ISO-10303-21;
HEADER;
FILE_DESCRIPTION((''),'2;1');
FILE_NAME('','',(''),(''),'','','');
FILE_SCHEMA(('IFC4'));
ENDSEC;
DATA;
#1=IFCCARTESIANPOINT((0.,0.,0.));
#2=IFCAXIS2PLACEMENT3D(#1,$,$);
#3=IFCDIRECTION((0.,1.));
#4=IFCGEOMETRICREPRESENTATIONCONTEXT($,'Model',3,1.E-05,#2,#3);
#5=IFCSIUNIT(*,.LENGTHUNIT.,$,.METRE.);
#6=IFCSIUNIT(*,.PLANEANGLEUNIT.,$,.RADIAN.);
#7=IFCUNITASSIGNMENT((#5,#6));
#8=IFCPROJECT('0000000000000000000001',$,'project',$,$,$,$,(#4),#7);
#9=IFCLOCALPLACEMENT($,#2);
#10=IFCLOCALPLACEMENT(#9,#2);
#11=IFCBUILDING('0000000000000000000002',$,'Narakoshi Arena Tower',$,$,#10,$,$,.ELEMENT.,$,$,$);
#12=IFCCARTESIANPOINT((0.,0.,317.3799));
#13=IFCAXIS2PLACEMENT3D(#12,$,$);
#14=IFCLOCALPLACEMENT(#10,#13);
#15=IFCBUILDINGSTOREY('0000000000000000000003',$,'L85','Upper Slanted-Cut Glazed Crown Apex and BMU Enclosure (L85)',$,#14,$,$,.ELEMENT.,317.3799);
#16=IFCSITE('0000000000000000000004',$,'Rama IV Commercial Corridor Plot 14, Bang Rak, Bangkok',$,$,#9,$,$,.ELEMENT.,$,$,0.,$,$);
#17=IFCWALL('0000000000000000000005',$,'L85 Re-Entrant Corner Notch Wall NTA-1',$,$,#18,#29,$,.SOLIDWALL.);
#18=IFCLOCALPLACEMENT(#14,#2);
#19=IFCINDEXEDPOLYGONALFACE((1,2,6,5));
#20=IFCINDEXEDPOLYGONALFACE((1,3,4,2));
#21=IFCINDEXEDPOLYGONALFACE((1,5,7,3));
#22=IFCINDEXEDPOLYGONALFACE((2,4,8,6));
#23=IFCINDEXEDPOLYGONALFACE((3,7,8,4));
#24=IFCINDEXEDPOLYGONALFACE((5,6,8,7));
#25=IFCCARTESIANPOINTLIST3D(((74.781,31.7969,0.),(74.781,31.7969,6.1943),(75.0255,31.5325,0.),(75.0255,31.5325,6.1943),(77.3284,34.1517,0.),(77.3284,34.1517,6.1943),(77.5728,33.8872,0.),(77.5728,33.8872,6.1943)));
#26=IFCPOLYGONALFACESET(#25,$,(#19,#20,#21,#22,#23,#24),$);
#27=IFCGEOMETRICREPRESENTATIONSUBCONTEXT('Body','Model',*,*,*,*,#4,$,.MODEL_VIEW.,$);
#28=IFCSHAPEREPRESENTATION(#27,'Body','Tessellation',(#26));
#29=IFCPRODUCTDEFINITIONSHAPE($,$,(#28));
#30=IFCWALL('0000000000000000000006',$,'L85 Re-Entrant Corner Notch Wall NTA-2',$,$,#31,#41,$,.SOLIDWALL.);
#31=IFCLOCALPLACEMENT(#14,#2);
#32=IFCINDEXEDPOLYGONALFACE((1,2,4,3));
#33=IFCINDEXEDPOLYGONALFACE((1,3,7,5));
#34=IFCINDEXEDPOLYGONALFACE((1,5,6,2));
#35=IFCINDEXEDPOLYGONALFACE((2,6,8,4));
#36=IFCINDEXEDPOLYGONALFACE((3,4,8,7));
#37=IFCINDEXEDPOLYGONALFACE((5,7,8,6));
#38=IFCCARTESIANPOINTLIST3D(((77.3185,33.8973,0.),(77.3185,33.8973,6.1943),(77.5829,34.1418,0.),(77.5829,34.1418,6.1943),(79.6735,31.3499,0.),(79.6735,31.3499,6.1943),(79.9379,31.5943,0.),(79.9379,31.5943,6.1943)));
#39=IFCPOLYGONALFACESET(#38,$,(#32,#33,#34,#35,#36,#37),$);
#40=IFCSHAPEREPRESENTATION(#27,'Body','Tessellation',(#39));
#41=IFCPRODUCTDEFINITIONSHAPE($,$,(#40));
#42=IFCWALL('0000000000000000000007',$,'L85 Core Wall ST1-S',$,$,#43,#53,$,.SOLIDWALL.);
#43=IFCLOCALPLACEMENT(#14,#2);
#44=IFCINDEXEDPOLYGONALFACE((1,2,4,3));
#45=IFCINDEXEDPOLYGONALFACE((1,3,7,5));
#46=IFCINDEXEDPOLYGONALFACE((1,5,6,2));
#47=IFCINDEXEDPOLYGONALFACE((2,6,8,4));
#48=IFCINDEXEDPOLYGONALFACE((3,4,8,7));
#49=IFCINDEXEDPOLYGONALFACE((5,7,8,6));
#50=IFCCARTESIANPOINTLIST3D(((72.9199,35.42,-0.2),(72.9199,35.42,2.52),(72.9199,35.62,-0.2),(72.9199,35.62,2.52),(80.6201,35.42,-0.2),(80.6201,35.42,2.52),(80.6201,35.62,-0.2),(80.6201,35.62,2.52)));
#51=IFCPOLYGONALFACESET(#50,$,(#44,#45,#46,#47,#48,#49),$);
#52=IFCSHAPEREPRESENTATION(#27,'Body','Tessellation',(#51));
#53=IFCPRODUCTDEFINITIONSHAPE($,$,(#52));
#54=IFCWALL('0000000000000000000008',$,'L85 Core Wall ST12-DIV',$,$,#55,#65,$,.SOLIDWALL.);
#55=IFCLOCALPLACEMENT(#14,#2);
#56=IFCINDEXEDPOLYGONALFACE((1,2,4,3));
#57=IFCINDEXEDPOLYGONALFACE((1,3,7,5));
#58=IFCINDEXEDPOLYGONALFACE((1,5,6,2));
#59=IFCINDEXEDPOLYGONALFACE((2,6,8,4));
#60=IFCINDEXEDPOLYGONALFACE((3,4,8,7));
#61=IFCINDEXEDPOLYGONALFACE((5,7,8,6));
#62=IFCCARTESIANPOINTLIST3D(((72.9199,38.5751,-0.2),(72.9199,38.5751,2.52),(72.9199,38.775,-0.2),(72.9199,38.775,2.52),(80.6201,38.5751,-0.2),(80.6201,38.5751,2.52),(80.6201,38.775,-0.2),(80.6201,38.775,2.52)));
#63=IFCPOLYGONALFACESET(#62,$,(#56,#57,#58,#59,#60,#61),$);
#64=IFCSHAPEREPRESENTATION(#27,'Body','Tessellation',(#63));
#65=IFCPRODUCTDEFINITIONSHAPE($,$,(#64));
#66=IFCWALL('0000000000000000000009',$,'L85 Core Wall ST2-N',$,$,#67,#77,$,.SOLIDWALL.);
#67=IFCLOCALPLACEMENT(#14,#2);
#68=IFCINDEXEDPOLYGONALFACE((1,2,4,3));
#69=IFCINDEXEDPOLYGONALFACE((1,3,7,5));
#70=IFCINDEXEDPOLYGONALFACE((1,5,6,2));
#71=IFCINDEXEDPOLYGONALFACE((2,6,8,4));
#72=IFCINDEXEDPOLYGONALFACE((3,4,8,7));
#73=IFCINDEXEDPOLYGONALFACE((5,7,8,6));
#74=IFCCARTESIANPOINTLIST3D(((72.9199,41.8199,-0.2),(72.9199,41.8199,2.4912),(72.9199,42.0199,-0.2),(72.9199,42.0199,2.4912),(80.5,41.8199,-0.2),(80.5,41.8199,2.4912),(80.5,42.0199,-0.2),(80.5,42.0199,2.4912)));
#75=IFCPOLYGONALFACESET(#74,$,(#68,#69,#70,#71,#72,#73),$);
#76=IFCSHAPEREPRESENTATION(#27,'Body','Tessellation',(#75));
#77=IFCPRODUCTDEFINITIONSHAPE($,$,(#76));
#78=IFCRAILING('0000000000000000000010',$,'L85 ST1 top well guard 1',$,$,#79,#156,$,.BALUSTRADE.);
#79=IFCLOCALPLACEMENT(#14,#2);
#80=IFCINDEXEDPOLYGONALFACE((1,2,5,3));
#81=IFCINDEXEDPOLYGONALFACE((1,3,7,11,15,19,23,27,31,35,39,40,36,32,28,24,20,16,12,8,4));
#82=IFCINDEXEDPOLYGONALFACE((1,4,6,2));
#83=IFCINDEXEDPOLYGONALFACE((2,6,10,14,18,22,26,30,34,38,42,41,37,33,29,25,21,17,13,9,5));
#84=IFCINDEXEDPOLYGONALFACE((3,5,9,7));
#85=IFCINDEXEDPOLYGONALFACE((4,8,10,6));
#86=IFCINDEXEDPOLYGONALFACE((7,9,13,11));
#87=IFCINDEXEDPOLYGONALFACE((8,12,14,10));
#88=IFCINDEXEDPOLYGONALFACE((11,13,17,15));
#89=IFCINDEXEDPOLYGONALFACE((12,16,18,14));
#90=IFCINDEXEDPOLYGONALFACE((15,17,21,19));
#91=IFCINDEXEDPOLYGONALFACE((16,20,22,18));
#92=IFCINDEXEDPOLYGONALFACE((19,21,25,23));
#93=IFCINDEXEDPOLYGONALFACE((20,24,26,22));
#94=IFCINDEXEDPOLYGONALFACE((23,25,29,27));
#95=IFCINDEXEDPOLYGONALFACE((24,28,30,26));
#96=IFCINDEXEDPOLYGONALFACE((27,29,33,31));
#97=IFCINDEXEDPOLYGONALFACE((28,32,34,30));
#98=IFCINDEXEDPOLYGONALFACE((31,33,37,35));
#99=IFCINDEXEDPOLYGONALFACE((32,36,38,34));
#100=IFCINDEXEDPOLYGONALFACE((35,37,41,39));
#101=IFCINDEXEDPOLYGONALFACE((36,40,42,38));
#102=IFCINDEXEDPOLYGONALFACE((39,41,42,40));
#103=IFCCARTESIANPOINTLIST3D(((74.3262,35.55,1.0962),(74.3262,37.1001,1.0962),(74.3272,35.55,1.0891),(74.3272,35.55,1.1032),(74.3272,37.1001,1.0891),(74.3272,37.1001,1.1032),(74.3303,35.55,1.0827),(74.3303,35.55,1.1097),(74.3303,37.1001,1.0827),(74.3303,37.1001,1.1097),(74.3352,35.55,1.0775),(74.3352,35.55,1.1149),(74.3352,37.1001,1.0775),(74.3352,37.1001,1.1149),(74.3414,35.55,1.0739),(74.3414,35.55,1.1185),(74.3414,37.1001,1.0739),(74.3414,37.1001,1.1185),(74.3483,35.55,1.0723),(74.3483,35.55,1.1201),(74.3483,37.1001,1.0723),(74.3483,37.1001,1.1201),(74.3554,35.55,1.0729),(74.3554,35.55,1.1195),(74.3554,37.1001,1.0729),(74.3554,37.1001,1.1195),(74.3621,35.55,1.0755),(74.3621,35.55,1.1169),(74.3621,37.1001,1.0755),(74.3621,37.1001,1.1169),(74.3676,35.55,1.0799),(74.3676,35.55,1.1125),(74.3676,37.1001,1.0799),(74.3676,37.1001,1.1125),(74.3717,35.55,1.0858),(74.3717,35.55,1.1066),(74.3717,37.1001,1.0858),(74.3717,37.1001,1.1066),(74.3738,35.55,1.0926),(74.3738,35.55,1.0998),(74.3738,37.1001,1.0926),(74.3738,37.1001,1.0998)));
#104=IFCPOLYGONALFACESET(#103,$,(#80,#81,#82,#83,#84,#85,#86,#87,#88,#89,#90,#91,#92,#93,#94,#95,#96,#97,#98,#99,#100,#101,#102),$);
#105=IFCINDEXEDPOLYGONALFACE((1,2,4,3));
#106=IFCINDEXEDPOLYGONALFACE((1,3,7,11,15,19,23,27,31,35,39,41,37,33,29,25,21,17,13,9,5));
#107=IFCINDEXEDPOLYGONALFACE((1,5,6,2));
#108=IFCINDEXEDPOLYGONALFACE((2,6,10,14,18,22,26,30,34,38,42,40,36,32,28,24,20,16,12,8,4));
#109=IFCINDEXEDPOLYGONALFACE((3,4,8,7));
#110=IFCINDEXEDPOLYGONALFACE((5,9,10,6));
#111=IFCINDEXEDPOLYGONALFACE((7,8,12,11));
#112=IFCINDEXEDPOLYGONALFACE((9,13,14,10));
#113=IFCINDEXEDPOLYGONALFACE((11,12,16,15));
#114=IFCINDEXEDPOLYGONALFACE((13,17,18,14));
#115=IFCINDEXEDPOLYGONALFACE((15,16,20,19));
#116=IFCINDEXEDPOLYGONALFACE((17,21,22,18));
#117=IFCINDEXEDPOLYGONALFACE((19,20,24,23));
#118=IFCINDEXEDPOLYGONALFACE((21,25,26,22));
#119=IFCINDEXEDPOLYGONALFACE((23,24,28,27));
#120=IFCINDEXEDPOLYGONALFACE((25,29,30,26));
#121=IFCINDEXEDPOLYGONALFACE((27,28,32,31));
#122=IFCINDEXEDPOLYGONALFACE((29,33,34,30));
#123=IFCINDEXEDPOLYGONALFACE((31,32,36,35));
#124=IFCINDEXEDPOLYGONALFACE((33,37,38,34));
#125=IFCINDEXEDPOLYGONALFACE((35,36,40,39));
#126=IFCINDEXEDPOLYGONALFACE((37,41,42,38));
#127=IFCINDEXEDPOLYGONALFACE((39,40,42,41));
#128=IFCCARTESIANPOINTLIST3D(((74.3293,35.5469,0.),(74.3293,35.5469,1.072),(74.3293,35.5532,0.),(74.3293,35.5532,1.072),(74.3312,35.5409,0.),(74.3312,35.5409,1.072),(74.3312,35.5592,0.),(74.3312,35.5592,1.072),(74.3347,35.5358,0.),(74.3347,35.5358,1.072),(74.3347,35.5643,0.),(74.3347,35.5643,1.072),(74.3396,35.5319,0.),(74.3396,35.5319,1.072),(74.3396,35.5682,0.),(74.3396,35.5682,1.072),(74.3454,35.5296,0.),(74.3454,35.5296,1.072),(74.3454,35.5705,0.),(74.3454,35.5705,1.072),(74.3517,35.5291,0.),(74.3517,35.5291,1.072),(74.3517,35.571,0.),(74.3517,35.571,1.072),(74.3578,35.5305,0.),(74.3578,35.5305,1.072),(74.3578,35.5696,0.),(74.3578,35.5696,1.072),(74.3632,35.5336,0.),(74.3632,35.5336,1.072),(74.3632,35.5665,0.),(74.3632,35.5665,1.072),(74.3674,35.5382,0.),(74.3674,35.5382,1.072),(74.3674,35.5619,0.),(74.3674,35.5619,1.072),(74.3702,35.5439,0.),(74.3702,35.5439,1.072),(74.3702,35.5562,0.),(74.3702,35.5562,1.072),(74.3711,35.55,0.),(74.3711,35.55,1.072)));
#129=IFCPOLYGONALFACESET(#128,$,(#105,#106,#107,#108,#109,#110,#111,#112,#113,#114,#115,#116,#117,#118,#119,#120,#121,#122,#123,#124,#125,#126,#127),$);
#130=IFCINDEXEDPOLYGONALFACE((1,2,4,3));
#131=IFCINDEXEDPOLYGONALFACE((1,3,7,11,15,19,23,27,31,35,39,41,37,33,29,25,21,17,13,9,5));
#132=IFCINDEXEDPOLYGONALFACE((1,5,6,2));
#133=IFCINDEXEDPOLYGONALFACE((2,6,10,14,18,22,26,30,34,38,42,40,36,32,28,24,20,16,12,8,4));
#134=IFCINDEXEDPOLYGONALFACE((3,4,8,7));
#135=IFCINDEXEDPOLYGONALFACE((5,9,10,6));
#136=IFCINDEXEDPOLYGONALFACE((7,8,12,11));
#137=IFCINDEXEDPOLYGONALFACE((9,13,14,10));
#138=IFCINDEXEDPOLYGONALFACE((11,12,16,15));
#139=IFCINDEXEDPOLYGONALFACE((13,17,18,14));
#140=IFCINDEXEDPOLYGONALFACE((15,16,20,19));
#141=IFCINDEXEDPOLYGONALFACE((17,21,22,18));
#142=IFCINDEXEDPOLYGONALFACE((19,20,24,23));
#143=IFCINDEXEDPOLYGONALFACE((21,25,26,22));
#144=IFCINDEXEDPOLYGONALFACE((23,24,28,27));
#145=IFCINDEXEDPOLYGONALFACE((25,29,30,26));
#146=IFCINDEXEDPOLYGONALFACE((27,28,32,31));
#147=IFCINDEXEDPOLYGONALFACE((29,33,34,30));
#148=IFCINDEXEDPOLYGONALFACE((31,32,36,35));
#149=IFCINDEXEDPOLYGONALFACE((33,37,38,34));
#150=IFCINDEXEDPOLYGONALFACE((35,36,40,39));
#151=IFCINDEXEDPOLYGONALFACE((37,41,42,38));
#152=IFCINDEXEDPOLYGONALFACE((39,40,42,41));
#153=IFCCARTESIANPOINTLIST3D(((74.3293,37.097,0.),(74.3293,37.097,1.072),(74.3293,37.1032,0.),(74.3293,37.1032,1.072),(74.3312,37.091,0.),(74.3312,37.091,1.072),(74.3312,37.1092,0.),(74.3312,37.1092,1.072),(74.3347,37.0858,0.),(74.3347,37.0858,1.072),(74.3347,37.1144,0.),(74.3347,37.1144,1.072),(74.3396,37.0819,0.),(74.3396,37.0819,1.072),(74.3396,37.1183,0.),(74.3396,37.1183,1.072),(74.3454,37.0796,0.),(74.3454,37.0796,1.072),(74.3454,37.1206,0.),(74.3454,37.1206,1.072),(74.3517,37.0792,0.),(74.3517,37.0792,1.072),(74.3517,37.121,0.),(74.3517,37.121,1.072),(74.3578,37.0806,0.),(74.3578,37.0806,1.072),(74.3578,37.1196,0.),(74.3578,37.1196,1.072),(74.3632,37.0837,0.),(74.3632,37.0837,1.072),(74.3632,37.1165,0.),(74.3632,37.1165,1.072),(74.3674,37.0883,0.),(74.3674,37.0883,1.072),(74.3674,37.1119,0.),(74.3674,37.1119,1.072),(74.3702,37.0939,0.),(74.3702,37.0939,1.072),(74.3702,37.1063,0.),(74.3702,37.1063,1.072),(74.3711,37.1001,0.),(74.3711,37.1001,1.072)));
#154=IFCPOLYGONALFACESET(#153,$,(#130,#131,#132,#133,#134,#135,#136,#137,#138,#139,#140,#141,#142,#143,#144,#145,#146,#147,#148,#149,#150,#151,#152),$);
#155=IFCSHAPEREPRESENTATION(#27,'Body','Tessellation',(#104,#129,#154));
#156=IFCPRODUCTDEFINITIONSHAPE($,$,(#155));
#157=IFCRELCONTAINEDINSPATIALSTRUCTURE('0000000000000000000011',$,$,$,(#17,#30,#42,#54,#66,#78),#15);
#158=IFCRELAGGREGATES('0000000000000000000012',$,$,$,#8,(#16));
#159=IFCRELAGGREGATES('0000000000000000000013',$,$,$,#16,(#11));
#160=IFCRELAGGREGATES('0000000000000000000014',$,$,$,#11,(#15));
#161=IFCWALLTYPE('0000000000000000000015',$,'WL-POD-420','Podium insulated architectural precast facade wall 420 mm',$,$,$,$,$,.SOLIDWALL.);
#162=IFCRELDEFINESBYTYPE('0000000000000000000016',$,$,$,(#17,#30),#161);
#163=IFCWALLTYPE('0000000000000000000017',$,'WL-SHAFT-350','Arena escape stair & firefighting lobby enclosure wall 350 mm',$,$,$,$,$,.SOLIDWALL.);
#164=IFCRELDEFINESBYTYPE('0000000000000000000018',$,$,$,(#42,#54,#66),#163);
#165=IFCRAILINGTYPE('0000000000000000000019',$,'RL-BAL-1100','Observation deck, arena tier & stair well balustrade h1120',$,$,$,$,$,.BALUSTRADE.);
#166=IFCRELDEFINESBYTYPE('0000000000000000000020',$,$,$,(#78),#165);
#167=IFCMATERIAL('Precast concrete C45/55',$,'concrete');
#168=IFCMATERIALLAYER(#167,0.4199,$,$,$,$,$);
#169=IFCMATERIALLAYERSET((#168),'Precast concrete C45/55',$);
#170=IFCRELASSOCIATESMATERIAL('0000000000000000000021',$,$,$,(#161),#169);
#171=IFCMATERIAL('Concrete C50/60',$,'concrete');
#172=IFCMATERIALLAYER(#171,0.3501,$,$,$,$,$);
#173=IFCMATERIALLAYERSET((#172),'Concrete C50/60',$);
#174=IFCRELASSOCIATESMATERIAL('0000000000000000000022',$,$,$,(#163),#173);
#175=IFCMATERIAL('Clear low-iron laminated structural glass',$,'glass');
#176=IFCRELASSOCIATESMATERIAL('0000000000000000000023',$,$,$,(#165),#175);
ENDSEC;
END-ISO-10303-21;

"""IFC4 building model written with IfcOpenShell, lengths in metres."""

from ifc_helpers import new_model, si_unit, direction, frame, frame_2d, origin, origin_2d, place, context, subcontext, project, spatial, rectangle, circle, extrude, material, layer, layer_set, type_object, element, save


model = new_model("IFC4")

# Units and contexts
model_context = context("Model", 3, precision=1e-05, world=origin(), true_north=direction((0.0, 1.0)))
body_context = subcontext(model_context, "Body", "Model", "MODEL_VIEW")
ifc_project = project(units=[si_unit("LENGTHUNIT", "METRE"), si_unit("PLANEANGLEUNIT", "RADIAN")], contexts=[model_context])

# Site, building, storey
site_placement = place(None, origin())
site = spatial("IfcSite", under=ifc_project, at=site_placement, Name="Rama IV Commercial Corridor Plot 14, Bang Rak, Bangkok", CompositionType="ELEMENT", RefElevation=0.0)
building_placement = place(site_placement, origin())
building = spatial("IfcBuilding", under=site, at=building_placement, Name="Narakoshi Arena Tower", CompositionType="ELEMENT")
storey_placement = place(building_placement, frame((0.0, 0.0, 317.3799)))
storey = spatial("IfcBuildingStorey", under=building, at=storey_placement, Name="L85", Description="Upper Slanted-Cut Glazed Crown Apex and BMU Enclosure (L85)", CompositionType="ELEMENT", Elevation=317.3799)

# Shared definitions
ifc_material_1 = material(Name="Clear low-iron laminated structural glass", Category="glass")

# Shared definitions
ifc_material_2 = material(Name="Concrete C50/60", Category="concrete")

# Shared definitions
ifc_material_3 = material(Name="Precast concrete C45/55", Category="concrete")

# Shared definitions
ifc_layer_1 = layer(ifc_material_3, 0.4199)
ifc_layer_set_1 = layer_set([ifc_layer_1], Name="Precast concrete C45/55")
wall_type_1 = type_object("IfcWallType", Name="WL-POD-420", Description="Podium insulated architectural precast facade wall 420 mm", PredefinedType="SOLIDWALL", material=ifc_layer_set_1)

# Walls
wall_1_placement = place(storey_placement, frame((74.9033, 31.6648, 0.0), z_axis=(0.0, 0.0, 1.0), x_axis=(0.734326, 0.678797, 0.0)))
element("IfcWall", 1, at=wall_1_placement, inside=storey, type_object=wall_type_1, Name="L85 Re-Entrant Corner Notch Wall NTA-1", PredefinedType="SOLIDWALL", context=body_context, shape_type="SweptSolid", body=[
    extrude(rectangle(XDim=3.469, YDim=0.3601, at=frame_2d((1.7344, 0.0))), origin(), (0.0, 0.0, 1.0), 6.1943),
])
wall_2_placement = place(storey_placement, frame((77.4507, 34.0195, 0.0), z_axis=(0.0, 0.0, 1.0), x_axis=(0.678835, -0.734291, 0.0)))
element("IfcWall", 2, at=wall_2_placement, inside=storey, type_object=wall_type_1, Name="L85 Re-Entrant Corner Notch Wall NTA-2", PredefinedType="SOLIDWALL", context=body_context, shape_type="SweptSolid", body=[
    extrude(rectangle(XDim=3.4692, YDim=0.3601, at=frame_2d((1.7346, 0.0))), origin(), (0.0, 0.0, 1.0), 6.1943),
])
ifc_layer_2 = layer(ifc_material_2, 0.3501)
ifc_layer_set_2 = layer_set([ifc_layer_2], Name="Concrete C50/60")
wall_type_2 = type_object("IfcWallType", Name="WL-SHAFT-350", Description="Arena escape stair & firefighting lobby enclosure wall 350 mm", PredefinedType="SOLIDWALL", material=ifc_layer_set_2)
for number, where, z_axis, x_axis, name in (
    (3, (72.9199, 35.52, -0.2), (0.0, 0.0, 1.0), (1.0, 0.0, 0.0), "L85 Core Wall ST1-S"),
    (4, (72.9199, 38.675, -0.2), (0.0, 0.0, 1.0), (1.0, 0.0, 0.0), "L85 Core Wall ST12-DIV"),
):
    element("IfcWall", number, at=place(storey_placement, frame(where, z_axis=z_axis, x_axis=x_axis)), inside=storey, type_object=wall_type_2, Name=name, PredefinedType="SOLIDWALL", context=body_context, shape_type="SweptSolid", body=[
        extrude(rectangle(XDim=7.7002, YDim=0.2, at=frame_2d((3.8501, 0.0))), origin(), (0.0, 0.0, 1.0), 2.72),
    ])
wall_3_placement = place(storey_placement, frame((72.9199, 41.9199, -0.2), z_axis=(0.0, 0.0, 1.0), x_axis=(1.0, 0.0, 0.0)))
element("IfcWall", 5, at=wall_3_placement, inside=storey, type_object=wall_type_2, Name="L85 Core Wall ST2-N", PredefinedType="SOLIDWALL", context=body_context, shape_type="SweptSolid", body=[
    extrude(rectangle(XDim=7.5801, YDim=0.2, at=frame_2d((3.79, 0.0))), origin(), (0.0, 0.0, 1.0), 2.6912),
])

# Railing
railing_type = type_object("IfcRailingType", Name="RL-BAL-1100", Description="Observation deck, arena tier & stair well balustrade h1120", PredefinedType="BALUSTRADE", material=ifc_material_1)
railing_placement = place(storey_placement, frame((74.3501, 35.55, 0.0)))
element("IfcRailing", 6, at=railing_placement, inside=storey, type_object=railing_type, Name="L85 ST1 top well guard 1", PredefinedType="BALUSTRADE", context=body_context, shape_type="SweptSolid", body=[
    extrude(circle(Radius=0.0239, at=origin_2d()), frame((0.0, 0.0, 1.0962), z_axis=(0.0, 1.0, 0.0), x_axis=(-1.0, 0.0, 0.0)), (0.0, 0.0, 1.0), 1.55),
    extrude(circle(Radius=0.021, at=origin_2d()), origin(), (0.0, 0.0, 1.0), 1.072),
    extrude(circle(Radius=0.021, at=origin_2d()), frame((0.0, 1.55, 0.0)), (0.0, 0.0, 1.0), 1.072),
])

save(model, "model.ifc")
